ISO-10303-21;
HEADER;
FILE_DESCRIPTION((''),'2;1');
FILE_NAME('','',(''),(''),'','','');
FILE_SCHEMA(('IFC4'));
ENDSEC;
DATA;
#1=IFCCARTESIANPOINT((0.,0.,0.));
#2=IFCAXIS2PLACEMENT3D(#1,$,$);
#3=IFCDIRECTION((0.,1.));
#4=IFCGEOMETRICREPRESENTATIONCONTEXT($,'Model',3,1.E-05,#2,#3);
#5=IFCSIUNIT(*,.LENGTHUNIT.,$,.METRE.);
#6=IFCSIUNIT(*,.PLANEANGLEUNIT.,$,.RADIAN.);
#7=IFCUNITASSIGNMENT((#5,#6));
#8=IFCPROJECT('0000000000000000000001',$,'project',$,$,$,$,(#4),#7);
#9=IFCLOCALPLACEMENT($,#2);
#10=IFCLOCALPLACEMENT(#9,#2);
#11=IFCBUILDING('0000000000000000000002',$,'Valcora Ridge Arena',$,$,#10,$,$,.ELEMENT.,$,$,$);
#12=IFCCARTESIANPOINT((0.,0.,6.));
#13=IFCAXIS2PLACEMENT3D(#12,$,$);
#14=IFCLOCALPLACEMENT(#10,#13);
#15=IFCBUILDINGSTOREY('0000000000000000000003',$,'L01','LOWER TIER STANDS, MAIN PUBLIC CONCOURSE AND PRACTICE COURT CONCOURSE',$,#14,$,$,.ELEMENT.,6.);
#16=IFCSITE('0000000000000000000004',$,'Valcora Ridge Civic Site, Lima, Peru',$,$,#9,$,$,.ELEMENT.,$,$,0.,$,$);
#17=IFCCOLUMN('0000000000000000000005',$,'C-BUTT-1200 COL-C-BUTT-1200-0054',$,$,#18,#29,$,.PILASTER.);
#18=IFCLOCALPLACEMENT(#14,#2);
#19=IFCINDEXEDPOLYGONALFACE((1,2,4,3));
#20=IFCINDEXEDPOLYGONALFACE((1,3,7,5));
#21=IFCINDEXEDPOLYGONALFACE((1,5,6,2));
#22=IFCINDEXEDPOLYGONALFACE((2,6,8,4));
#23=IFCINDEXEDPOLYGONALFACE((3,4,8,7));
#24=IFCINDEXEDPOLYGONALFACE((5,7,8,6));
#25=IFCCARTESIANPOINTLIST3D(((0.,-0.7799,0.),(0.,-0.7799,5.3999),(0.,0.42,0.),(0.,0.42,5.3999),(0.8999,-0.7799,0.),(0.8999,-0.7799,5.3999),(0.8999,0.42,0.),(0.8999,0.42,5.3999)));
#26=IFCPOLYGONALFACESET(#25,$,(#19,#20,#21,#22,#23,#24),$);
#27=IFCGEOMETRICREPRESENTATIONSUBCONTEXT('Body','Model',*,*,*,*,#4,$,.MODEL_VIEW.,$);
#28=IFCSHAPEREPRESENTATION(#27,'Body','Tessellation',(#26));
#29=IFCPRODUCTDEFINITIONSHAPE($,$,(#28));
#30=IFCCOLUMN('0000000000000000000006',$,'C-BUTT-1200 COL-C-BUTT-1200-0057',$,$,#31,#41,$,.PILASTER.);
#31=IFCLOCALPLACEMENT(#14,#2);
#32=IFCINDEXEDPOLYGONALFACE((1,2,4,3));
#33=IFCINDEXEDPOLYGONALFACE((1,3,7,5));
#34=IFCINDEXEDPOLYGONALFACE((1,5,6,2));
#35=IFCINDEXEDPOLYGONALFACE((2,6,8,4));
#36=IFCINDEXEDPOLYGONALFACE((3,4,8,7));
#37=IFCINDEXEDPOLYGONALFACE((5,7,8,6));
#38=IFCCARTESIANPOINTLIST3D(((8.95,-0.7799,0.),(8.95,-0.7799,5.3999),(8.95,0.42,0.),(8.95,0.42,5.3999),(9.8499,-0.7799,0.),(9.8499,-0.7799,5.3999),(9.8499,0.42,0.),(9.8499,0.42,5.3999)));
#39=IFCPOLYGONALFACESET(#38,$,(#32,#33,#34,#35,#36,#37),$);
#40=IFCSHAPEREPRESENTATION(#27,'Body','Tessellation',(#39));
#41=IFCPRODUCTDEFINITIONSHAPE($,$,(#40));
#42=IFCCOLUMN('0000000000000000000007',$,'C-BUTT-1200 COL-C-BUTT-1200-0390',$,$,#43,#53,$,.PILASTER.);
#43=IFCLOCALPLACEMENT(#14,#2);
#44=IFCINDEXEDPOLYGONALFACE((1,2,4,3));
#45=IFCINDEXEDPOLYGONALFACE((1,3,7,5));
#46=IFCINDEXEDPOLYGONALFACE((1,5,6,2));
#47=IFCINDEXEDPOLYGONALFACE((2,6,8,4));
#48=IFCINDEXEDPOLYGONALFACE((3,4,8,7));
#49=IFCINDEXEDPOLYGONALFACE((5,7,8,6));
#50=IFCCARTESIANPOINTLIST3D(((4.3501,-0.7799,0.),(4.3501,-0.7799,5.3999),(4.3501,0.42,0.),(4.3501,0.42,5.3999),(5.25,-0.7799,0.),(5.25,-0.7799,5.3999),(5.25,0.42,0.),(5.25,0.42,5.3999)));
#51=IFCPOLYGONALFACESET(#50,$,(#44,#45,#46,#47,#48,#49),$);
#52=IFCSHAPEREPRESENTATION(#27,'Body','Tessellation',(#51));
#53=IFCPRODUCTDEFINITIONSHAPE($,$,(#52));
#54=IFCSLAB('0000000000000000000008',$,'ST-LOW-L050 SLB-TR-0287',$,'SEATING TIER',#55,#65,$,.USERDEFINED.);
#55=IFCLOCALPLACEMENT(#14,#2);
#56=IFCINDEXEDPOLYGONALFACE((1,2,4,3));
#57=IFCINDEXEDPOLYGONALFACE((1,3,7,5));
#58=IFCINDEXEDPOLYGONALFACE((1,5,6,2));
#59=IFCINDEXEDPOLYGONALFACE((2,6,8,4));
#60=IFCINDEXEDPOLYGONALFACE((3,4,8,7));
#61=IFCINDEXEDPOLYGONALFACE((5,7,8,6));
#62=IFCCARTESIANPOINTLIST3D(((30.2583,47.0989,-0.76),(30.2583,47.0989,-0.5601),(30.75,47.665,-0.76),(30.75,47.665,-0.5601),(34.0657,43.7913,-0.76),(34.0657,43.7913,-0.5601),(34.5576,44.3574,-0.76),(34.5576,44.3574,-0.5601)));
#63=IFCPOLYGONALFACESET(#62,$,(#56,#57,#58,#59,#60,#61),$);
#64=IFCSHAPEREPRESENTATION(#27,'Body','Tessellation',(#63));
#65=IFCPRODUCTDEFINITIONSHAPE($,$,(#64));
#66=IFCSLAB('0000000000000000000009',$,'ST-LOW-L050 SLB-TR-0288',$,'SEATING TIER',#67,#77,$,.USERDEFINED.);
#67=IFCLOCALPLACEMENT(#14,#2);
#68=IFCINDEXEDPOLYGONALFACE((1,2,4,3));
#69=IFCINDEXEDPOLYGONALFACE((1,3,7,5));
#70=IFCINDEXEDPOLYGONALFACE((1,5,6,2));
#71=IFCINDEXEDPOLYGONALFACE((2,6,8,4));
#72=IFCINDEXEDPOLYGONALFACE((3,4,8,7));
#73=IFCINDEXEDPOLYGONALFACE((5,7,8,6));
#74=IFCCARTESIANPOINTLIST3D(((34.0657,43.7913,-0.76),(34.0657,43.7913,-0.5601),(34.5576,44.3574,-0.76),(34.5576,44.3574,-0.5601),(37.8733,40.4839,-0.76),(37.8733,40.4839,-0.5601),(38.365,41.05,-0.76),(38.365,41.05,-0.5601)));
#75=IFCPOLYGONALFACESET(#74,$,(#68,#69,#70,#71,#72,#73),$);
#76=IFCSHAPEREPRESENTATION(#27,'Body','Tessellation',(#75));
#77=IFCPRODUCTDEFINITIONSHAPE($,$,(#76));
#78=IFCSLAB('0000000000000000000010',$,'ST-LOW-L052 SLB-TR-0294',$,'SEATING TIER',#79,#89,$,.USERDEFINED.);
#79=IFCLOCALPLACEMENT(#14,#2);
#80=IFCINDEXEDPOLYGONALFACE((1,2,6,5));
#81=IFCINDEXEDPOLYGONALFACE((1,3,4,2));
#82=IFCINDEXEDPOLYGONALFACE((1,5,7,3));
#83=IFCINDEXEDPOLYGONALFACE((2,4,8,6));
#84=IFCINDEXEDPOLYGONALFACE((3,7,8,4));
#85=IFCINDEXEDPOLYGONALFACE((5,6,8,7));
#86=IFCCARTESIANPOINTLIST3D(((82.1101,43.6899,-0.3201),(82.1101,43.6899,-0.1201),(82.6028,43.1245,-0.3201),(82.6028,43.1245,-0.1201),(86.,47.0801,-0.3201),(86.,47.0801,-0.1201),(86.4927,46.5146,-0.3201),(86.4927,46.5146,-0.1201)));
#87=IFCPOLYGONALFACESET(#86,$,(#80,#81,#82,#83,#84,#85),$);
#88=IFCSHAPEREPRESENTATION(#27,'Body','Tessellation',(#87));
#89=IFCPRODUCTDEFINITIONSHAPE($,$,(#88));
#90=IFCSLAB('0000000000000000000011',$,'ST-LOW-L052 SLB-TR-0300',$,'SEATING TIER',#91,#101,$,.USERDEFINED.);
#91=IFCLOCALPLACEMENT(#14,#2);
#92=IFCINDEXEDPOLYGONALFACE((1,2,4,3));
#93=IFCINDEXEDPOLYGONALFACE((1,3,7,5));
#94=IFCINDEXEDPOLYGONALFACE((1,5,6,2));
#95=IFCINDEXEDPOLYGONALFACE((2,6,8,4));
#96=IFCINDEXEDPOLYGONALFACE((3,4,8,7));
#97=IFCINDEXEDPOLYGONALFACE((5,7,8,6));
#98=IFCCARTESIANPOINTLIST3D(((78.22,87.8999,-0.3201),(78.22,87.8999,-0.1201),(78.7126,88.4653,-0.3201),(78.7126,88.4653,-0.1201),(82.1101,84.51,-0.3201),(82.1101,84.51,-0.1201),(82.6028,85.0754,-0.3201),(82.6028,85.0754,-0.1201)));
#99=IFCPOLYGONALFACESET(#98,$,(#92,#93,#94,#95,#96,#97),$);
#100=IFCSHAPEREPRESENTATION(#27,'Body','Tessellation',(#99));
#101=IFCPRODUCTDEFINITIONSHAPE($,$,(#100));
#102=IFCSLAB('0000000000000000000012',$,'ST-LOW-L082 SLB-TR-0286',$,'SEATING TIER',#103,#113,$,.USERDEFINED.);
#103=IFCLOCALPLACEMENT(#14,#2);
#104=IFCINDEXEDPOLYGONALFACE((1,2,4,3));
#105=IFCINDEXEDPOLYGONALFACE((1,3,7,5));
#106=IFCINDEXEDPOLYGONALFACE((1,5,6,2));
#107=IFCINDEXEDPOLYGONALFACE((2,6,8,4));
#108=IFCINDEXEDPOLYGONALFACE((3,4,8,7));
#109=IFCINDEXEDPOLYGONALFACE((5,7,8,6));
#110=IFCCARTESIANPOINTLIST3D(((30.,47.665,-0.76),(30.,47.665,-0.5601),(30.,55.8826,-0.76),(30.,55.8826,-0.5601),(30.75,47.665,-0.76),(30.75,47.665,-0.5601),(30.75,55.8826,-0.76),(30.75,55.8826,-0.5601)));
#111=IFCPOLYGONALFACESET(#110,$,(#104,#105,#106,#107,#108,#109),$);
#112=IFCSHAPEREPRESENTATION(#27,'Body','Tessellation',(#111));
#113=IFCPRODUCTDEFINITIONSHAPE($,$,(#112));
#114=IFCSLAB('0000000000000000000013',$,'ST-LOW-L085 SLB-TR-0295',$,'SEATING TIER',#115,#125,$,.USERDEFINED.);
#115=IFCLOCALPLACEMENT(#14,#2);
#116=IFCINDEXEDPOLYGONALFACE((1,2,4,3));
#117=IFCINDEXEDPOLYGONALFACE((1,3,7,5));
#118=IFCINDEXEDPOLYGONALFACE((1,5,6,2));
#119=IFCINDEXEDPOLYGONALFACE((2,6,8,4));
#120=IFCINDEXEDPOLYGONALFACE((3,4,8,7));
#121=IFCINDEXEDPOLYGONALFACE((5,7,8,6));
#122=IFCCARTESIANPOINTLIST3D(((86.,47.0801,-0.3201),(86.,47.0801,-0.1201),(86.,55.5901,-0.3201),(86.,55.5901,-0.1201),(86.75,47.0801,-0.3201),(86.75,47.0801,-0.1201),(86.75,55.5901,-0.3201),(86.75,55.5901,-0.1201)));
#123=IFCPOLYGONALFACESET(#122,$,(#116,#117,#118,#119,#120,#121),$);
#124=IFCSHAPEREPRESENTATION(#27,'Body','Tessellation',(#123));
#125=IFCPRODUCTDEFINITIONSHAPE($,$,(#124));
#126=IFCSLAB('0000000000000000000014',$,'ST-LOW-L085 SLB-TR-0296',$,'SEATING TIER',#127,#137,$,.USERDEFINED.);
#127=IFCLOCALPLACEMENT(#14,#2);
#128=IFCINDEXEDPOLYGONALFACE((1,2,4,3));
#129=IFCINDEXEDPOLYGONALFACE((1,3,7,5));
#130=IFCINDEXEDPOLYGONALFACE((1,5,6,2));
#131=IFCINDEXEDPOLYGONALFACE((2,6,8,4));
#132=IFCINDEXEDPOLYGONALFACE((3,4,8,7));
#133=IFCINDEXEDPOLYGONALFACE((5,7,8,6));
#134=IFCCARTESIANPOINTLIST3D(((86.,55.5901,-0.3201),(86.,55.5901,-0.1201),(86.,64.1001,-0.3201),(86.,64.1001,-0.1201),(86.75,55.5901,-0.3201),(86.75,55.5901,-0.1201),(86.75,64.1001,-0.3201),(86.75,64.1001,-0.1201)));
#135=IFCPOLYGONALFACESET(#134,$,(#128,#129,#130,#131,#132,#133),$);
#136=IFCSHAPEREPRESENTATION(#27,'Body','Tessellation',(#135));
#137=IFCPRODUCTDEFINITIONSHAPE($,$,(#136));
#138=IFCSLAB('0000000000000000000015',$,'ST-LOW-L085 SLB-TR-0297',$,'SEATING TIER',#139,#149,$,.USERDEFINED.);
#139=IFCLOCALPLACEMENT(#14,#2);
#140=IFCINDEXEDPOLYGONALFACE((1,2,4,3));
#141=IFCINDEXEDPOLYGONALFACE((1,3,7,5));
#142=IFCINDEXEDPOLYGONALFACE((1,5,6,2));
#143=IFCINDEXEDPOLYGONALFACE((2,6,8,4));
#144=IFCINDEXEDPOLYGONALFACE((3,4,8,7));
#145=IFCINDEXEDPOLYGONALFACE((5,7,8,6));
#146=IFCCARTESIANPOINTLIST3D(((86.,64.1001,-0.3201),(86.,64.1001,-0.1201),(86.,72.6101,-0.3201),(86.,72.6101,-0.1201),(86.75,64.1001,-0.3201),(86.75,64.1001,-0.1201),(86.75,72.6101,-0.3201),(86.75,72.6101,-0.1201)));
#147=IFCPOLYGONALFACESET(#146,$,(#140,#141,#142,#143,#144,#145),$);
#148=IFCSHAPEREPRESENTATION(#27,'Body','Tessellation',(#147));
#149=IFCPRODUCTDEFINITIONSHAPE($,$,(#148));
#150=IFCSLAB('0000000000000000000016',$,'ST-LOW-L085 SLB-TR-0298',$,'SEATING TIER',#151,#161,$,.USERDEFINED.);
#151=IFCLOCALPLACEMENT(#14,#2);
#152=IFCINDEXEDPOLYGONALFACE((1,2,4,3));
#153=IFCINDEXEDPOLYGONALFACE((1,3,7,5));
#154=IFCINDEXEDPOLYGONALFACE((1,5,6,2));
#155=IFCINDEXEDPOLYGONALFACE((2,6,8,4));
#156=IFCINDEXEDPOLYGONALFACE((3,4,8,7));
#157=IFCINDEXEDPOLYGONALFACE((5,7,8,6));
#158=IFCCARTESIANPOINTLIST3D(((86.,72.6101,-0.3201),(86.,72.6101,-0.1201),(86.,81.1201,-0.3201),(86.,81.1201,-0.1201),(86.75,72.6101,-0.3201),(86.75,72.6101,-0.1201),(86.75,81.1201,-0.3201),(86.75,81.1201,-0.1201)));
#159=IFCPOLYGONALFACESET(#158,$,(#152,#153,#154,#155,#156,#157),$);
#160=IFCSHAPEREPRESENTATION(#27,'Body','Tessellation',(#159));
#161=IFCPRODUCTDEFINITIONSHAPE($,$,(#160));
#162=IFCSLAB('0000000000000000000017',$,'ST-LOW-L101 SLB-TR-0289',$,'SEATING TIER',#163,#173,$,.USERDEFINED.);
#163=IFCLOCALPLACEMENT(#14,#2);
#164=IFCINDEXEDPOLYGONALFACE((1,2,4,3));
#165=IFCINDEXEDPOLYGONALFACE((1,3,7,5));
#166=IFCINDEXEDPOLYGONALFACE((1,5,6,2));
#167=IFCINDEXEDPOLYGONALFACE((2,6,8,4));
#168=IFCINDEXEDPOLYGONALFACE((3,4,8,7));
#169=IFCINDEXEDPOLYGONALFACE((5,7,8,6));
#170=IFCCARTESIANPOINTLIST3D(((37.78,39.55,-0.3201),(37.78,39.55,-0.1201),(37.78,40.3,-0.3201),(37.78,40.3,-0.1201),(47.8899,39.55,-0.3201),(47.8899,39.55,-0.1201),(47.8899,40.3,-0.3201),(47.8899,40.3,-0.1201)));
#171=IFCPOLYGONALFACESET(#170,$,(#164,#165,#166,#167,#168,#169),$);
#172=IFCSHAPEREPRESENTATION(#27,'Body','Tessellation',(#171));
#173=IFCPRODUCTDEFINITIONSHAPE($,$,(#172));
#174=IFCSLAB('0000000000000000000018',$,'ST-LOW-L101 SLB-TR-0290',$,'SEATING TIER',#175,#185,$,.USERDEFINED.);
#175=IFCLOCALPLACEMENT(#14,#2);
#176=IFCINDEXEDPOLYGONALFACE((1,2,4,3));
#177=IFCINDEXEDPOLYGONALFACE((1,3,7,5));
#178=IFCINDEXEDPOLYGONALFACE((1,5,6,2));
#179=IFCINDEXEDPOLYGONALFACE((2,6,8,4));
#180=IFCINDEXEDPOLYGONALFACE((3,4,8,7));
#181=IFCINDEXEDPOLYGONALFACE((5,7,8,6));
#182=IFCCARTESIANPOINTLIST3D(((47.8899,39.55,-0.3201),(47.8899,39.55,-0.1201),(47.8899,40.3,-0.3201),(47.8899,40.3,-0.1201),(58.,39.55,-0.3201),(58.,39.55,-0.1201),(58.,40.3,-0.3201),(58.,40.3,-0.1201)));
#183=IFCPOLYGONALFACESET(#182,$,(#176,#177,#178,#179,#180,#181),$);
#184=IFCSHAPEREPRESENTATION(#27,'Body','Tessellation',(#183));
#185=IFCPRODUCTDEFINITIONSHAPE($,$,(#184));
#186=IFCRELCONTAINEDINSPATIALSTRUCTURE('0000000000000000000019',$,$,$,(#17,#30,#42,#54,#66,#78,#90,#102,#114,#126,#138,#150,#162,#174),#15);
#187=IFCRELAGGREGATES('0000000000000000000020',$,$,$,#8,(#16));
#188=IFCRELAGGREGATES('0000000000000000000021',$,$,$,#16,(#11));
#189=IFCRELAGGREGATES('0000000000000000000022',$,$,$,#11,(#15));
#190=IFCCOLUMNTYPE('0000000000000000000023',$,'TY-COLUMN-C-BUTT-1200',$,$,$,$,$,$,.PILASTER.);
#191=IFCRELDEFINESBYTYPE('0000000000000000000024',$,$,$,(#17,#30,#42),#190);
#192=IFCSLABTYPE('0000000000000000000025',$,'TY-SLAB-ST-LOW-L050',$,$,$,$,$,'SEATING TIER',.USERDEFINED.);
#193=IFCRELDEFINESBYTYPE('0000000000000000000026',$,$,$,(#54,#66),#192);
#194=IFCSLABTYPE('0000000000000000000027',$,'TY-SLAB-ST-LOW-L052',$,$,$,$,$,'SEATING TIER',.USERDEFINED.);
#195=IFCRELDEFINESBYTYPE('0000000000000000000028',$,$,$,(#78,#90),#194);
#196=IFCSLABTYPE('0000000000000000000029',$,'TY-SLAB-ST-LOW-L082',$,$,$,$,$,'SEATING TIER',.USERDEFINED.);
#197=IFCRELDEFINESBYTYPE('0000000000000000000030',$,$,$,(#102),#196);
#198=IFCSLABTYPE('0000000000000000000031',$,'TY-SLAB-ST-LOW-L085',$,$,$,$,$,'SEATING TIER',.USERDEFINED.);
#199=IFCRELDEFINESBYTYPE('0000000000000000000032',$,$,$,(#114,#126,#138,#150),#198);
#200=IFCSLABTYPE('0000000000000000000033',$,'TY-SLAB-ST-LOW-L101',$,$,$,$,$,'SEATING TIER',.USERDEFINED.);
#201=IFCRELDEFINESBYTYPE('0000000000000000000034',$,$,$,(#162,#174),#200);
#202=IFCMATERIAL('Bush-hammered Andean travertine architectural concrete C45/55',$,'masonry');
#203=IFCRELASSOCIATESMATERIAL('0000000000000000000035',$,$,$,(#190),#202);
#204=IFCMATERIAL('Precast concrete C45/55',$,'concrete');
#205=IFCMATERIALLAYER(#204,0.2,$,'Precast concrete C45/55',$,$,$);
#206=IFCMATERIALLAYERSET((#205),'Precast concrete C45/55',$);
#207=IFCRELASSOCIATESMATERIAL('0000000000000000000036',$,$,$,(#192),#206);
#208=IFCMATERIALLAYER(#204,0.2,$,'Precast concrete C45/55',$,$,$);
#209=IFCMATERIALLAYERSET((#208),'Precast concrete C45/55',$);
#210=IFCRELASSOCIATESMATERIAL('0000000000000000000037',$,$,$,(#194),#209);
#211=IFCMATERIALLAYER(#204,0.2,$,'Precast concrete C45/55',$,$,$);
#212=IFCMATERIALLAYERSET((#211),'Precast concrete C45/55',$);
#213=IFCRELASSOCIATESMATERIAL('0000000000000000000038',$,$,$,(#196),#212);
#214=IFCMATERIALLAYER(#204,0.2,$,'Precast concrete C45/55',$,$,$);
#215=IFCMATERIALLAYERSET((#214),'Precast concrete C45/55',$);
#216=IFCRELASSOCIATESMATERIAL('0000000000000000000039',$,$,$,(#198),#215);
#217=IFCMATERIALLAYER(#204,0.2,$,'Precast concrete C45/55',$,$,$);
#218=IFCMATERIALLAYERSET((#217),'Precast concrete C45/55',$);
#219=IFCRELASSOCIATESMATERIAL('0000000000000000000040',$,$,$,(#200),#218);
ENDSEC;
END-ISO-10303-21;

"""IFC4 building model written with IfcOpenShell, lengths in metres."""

from ifc_helpers import new_model, si_unit, direction, frame, origin, origin_2d, place, context, subcontext, project, spatial, polyline, rectangle, outline, extrude, material, layer, layer_set, material_profile, profile_set, type_object, element, save


model = new_model("IFC4")

# Units and contexts
model_context = context("Model", 3, precision=1e-05, world=origin(), true_north=direction((0.0, 1.0)))
body_context = subcontext(model_context, "Body", "Model", "MODEL_VIEW")
ifc_project = project(units=[si_unit("LENGTHUNIT", "METRE"), si_unit("PLANEANGLEUNIT", "RADIAN")], contexts=[model_context])

# Site, building, storey
site_placement = place(None, origin())
site = spatial("IfcSite", under=ifc_project, at=site_placement, Name="Valcora Ridge Civic Site, Lima, Peru", CompositionType="ELEMENT", RefElevation=0.0)
building_placement = place(site_placement, origin())
building = spatial("IfcBuilding", under=site, at=building_placement, Name="Valcora Ridge Arena", CompositionType="ELEMENT")
storey_placement = place(building_placement, frame((0.0, 0.0, 6.0)))
storey = spatial("IfcBuildingStorey", under=building, at=storey_placement, Name="L01", Description="LOWER TIER STANDS, MAIN PUBLIC CONCOURSE AND PRACTICE COURT CONCOURSE", CompositionType="ELEMENT", Elevation=6.0)

# Columns
ifc_material_1 = material(Name="Bush-hammered Andean travertine architectural concrete C45/55", Category="masonry")
ifc_material_profile = material_profile(ifc_material_1, rectangle(XDim=0.8999, YDim=1.2, at=origin_2d()), Name="RC 900x1200")
ifc_profile_set = profile_set([ifc_material_profile], Name="Bush-hammered Andean travertine architectural concrete C45/55")
column_type = type_object("IfcColumnType", Name="TY-COLUMN-C-BUTT-1200", PredefinedType="PILASTER", material=ifc_profile_set)
for number, where, z_axis, x_axis, name in (
    (1, (0.45, -0.1799, 0.0), (0.0, 0.0, 1.0), (1.0, 0.0, 0.0), "C-BUTT-1200 COL-C-BUTT-1200-0054"),
    (2, (9.3999, -0.1799, 0.0), (0.0, 0.0, 1.0), (1.0, 0.0, 0.0), "C-BUTT-1200 COL-C-BUTT-1200-0057"),
    (3, (4.8, -0.1799, 0.0), (0.0, 0.0, 1.0), (1.0, 0.0, 0.0), "C-BUTT-1200 COL-C-BUTT-1200-0390"),
):
    element("IfcColumn", number, at=place(storey_placement, frame(where, z_axis=z_axis, x_axis=x_axis)), inside=storey, type_object=column_type, Name=name, PredefinedType="PILASTER", context=body_context, shape_type="SweptSolid", body=[
        extrude(rectangle(XDim=0.8999, YDim=1.2, at=origin_2d()), origin(), (0.0, 0.0, 1.0), 5.3999),
    ])

# Slabs
ifc_material_2 = material(Name="Precast concrete C45/55", Category="concrete")
ifc_layer_1 = layer(ifc_material_2, 0.2, Name="Precast concrete C45/55")
ifc_layer_set_1 = layer_set([ifc_layer_1], Name="Precast concrete C45/55")
slab_type_1 = type_object("IfcSlabType", Name="TY-SLAB-ST-LOW-L050", ElementType="SEATING TIER", PredefinedType="USERDEFINED", material=ifc_layer_set_1)
slab_1_placement = place(storey_placement, frame((0.0, 0.0, -0.76)))
element("IfcSlab", 4, at=slab_1_placement, inside=storey, type_object=slab_type_1, Name="ST-LOW-L050 SLB-TR-0287", ObjectType="SEATING TIER", PredefinedType="USERDEFINED", context=body_context, shape_type="SweptSolid", body=[
    extrude(outline(polyline([(30.75, 47.665), (34.5576, 44.3574), (34.0657, 43.7913), (30.2583, 47.0989), (30.75, 47.665)])), origin(), (0.0, 0.0, 1.0), 0.2),
])
slab_2_placement = place(storey_placement, frame((0.0, 0.0, -0.76)))
element("IfcSlab", 5, at=slab_2_placement, inside=storey, type_object=slab_type_1, Name="ST-LOW-L050 SLB-TR-0288", ObjectType="SEATING TIER", PredefinedType="USERDEFINED", context=body_context, shape_type="SweptSolid", body=[
    extrude(outline(polyline([(34.5576, 44.3574), (38.365, 41.05), (37.8733, 40.4839), (34.0657, 43.7913), (34.5576, 44.3574)])), origin(), (0.0, 0.0, 1.0), 0.2),
])
ifc_layer_2 = layer(ifc_material_2, 0.2, Name="Precast concrete C45/55")
ifc_layer_set_2 = layer_set([ifc_layer_2], Name="Precast concrete C45/55")
slab_type_2 = type_object("IfcSlabType", Name="TY-SLAB-ST-LOW-L052", ElementType="SEATING TIER", PredefinedType="USERDEFINED", material=ifc_layer_set_2)
slab_3_placement = place(storey_placement, frame((0.0, 0.0, -0.3201)))
element("IfcSlab", 6, at=slab_3_placement, inside=storey, type_object=slab_type_2, Name="ST-LOW-L052 SLB-TR-0294", ObjectType="SEATING TIER", PredefinedType="USERDEFINED", context=body_context, shape_type="SweptSolid", body=[
    extrude(outline(polyline([(82.1101, 43.6899), (86.0, 47.0801), (86.4927, 46.5146), (82.6028, 43.1245), (82.1101, 43.6899)])), origin(), (0.0, 0.0, 1.0), 0.2),
])
slab_4_placement = place(storey_placement, frame((0.0, 0.0, -0.3201)))
element("IfcSlab", 7, at=slab_4_placement, inside=storey, type_object=slab_type_2, Name="ST-LOW-L052 SLB-TR-0300", ObjectType="SEATING TIER", PredefinedType="USERDEFINED", context=body_context, shape_type="SweptSolid", body=[
    extrude(outline(polyline([(82.1101, 84.51), (78.22, 87.8999), (78.7126, 88.4653), (82.6028, 85.0754), (82.1101, 84.51)])), origin(), (0.0, 0.0, 1.0), 0.2),
])
ifc_layer_3 = layer(ifc_material_2, 0.2, Name="Precast concrete C45/55")
ifc_layer_set_3 = layer_set([ifc_layer_3], Name="Precast concrete C45/55")
slab_type_3 = type_object("IfcSlabType", Name="TY-SLAB-ST-LOW-L082", ElementType="SEATING TIER", PredefinedType="USERDEFINED", material=ifc_layer_set_3)
slab_5_placement = place(storey_placement, frame((0.0, 0.0, -0.76)))
element("IfcSlab", 8, at=slab_5_placement, inside=storey, type_object=slab_type_3, Name="ST-LOW-L082 SLB-TR-0286", ObjectType="SEATING TIER", PredefinedType="USERDEFINED", context=body_context, shape_type="SweptSolid", body=[
    extrude(outline(polyline([(30.75, 55.8826), (30.75, 47.665), (30.0, 47.665), (30.0, 55.8826), (30.75, 55.8826)])), origin(), (0.0, 0.0, 1.0), 0.2),
])
ifc_layer_4 = layer(ifc_material_2, 0.2, Name="Precast concrete C45/55")
ifc_layer_set_4 = layer_set([ifc_layer_4], Name="Precast concrete C45/55")
slab_type_4 = type_object("IfcSlabType", Name="TY-SLAB-ST-LOW-L085", ElementType="SEATING TIER", PredefinedType="USERDEFINED", material=ifc_layer_set_4)
slab_6_placement = place(storey_placement, frame((0.0, 0.0, -0.3201)))
element("IfcSlab", 9, at=slab_6_placement, inside=storey, type_object=slab_type_4, Name="ST-LOW-L085 SLB-TR-0295", ObjectType="SEATING TIER", PredefinedType="USERDEFINED", context=body_context, shape_type="SweptSolid", body=[
    extrude(outline(polyline([(86.0, 47.0801), (86.0, 55.5901), (86.75, 55.5901), (86.75, 47.0801), (86.0, 47.0801)])), origin(), (0.0, 0.0, 1.0), 0.2),
])
slab_7_placement = place(storey_placement, frame((0.0, 0.0, -0.3201)))
element("IfcSlab", 10, at=slab_7_placement, inside=storey, type_object=slab_type_4, Name="ST-LOW-L085 SLB-TR-0296", ObjectType="SEATING TIER", PredefinedType="USERDEFINED", context=body_context, shape_type="SweptSolid", body=[
    extrude(outline(polyline([(86.0, 55.5901), (86.0, 64.1001), (86.75, 64.1001), (86.75, 55.5901), (86.0, 55.5901)])), origin(), (0.0, 0.0, 1.0), 0.2),
])
slab_8_placement = place(storey_placement, frame((0.0, 0.0, -0.3201)))
element("IfcSlab", 11, at=slab_8_placement, inside=storey, type_object=slab_type_4, Name="ST-LOW-L085 SLB-TR-0297", ObjectType="SEATING TIER", PredefinedType="USERDEFINED", context=body_context, shape_type="SweptSolid", body=[
    extrude(outline(polyline([(86.0, 64.1001), (86.0, 72.6101), (86.75, 72.6101), (86.75, 64.1001), (86.0, 64.1001)])), origin(), (0.0, 0.0, 1.0), 0.2),
])
slab_9_placement = place(storey_placement, frame((0.0, 0.0, -0.3201)))
element("IfcSlab", 12, at=slab_9_placement, inside=storey, type_object=slab_type_4, Name="ST-LOW-L085 SLB-TR-0298", ObjectType="SEATING TIER", PredefinedType="USERDEFINED", context=body_context, shape_type="SweptSolid", body=[
    extrude(outline(polyline([(86.0, 72.6101), (86.0, 81.1201), (86.75, 81.1201), (86.75, 72.6101), (86.0, 72.6101)])), origin(), (0.0, 0.0, 1.0), 0.2),
])
ifc_layer_5 = layer(ifc_material_2, 0.2, Name="Precast concrete C45/55")
ifc_layer_set_5 = layer_set([ifc_layer_5], Name="Precast concrete C45/55")
slab_type_5 = type_object("IfcSlabType", Name="TY-SLAB-ST-LOW-L101", ElementType="SEATING TIER", PredefinedType="USERDEFINED", material=ifc_layer_set_5)
slab_10_placement = place(storey_placement, frame((0.0, 0.0, -0.3201)))
element("IfcSlab", 13, at=slab_10_placement, inside=storey, type_object=slab_type_5, Name="ST-LOW-L101 SLB-TR-0289", ObjectType="SEATING TIER", PredefinedType="USERDEFINED", context=body_context, shape_type="SweptSolid", body=[
    extrude(outline(polyline([(37.78, 40.3), (47.8899, 40.3), (47.8899, 39.55), (37.78, 39.55), (37.78, 40.3)])), origin(), (0.0, 0.0, 1.0), 0.2),
])
slab_11_placement = place(storey_placement, frame((0.0, 0.0, -0.3201)))
element("IfcSlab", 14, at=slab_11_placement, inside=storey, type_object=slab_type_5, Name="ST-LOW-L101 SLB-TR-0290", ObjectType="SEATING TIER", PredefinedType="USERDEFINED", context=body_context, shape_type="SweptSolid", body=[
    extrude(outline(polyline([(47.8899, 40.3), (58.0, 40.3), (58.0, 39.55), (47.8899, 39.55), (47.8899, 40.3)])), origin(), (0.0, 0.0, 1.0), 0.2),
])

save(model, "model.ifc")
